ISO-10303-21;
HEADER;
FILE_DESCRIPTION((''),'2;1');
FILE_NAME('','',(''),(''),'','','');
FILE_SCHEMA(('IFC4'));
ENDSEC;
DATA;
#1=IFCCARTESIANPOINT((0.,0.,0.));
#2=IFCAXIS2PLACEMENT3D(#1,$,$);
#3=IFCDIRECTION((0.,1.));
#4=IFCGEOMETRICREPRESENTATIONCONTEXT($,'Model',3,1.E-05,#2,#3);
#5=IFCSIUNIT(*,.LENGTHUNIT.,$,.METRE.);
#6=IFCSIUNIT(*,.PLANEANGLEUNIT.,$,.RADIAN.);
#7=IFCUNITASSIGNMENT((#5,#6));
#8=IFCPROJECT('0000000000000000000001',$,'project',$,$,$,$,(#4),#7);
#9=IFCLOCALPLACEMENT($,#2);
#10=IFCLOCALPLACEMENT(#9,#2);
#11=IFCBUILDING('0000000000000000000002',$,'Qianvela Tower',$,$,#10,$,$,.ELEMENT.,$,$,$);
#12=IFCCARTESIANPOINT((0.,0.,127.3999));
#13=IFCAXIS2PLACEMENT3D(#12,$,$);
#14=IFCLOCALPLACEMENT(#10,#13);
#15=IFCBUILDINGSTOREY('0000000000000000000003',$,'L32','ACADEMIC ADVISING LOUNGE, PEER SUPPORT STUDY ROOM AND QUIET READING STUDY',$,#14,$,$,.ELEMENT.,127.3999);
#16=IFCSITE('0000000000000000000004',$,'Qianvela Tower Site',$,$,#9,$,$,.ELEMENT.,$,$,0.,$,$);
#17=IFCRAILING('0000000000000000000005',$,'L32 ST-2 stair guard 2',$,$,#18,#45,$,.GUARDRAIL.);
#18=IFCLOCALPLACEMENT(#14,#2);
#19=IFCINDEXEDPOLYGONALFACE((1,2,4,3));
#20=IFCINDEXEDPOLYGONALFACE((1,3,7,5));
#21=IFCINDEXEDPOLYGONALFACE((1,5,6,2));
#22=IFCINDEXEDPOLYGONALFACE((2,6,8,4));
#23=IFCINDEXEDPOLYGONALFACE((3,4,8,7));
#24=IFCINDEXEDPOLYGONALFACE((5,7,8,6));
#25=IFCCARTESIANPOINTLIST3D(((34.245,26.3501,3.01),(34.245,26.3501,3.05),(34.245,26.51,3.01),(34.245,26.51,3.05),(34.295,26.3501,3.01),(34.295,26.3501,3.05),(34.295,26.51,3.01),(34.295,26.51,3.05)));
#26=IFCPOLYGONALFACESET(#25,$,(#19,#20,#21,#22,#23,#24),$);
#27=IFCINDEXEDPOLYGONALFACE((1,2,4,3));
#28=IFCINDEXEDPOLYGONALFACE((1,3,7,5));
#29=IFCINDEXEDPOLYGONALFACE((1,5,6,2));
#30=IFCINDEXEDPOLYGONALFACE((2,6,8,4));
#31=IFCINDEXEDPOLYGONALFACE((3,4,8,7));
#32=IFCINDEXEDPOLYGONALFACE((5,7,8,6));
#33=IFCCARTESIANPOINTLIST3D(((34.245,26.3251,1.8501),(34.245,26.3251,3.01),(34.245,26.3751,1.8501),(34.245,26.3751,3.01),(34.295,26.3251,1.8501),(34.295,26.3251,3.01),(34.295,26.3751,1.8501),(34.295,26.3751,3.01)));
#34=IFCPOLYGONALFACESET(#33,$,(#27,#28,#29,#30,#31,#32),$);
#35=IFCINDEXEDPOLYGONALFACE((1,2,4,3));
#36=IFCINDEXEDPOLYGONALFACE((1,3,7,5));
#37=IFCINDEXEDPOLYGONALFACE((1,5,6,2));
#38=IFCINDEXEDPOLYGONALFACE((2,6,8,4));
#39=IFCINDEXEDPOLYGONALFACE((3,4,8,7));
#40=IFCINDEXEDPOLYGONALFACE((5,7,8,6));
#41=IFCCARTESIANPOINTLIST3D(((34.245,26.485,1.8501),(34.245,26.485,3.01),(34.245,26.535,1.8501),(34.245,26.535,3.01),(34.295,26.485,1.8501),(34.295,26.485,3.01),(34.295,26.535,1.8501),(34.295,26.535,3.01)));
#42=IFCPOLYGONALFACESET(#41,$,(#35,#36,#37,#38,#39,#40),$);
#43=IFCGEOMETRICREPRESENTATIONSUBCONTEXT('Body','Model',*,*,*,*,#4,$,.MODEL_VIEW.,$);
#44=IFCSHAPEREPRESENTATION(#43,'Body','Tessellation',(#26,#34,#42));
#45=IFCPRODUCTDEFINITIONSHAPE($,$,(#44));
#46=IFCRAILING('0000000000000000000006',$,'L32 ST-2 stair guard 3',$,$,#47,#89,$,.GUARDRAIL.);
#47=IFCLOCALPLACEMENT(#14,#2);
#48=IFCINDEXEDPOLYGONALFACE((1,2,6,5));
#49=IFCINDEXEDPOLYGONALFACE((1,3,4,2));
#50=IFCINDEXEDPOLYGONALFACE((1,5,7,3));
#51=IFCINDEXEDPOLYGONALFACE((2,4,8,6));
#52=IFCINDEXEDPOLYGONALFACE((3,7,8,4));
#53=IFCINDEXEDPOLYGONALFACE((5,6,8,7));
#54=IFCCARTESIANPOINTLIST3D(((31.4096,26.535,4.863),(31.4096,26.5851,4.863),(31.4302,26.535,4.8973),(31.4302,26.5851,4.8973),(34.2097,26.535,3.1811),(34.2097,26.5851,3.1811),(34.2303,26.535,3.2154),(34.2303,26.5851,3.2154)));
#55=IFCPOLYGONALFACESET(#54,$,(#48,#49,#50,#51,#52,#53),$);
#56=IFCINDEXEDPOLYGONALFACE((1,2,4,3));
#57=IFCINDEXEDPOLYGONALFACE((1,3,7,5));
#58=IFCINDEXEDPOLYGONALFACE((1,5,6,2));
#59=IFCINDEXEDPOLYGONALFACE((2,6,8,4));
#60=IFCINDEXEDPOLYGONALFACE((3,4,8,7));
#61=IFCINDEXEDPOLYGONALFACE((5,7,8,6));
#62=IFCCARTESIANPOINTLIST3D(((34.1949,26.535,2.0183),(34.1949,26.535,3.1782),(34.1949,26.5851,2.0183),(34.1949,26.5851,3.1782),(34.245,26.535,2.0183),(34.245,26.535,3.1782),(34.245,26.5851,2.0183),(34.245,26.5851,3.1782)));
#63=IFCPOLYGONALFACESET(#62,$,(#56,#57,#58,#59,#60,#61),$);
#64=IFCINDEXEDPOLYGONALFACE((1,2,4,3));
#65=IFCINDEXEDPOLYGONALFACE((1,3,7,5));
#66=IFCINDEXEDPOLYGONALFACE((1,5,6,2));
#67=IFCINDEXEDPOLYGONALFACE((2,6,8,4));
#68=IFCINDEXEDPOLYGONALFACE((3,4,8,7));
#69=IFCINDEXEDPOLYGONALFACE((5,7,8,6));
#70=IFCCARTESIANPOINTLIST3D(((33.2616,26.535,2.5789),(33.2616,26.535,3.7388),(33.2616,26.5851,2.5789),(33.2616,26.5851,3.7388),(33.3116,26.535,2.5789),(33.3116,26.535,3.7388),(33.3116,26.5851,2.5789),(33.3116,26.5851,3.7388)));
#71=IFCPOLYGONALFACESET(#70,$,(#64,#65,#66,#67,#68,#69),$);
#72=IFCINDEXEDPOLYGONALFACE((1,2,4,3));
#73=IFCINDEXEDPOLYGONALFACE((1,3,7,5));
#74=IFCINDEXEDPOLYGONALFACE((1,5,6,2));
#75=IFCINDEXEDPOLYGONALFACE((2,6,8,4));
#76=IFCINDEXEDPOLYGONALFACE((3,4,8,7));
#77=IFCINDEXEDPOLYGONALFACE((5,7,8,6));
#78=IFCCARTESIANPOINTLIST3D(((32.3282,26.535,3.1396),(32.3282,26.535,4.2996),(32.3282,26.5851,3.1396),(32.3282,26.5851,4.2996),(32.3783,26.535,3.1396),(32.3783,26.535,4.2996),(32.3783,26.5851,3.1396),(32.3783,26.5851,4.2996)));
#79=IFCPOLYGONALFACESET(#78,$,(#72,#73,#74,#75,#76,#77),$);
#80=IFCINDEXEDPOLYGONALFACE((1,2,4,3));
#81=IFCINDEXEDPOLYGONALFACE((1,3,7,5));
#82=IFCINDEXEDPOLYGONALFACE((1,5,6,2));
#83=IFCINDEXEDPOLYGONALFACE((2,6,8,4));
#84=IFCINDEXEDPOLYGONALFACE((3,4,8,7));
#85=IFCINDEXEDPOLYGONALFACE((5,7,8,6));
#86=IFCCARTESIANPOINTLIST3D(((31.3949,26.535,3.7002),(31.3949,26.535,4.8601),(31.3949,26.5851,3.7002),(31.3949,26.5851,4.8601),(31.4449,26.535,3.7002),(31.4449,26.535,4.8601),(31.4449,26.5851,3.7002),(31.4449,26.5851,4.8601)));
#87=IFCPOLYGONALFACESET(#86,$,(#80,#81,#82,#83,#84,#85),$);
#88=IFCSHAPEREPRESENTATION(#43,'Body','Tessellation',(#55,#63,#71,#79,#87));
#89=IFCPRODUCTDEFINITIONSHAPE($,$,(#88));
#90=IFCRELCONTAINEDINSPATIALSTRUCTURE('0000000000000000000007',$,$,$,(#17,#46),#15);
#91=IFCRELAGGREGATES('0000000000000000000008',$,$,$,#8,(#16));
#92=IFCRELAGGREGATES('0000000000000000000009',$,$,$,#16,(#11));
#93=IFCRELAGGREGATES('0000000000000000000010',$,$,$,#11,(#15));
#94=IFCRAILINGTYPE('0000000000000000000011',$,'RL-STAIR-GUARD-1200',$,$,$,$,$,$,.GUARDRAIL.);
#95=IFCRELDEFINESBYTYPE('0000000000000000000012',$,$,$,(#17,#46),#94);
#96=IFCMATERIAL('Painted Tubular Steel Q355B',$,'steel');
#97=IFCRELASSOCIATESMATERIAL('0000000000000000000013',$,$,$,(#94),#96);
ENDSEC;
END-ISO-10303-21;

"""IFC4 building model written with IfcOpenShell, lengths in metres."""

from ifc_helpers import new_model, si_unit, direction, frame, origin, origin_2d, place, context, subcontext, project, spatial, rectangle, extrude, material, type_object, element, save


model = new_model("IFC4")

# Units and contexts
model_context = context("Model", 3, precision=1e-05, world=origin(), true_north=direction((0.0, 1.0)))
body_context = subcontext(model_context, "Body", "Model", "MODEL_VIEW")
ifc_project = project(units=[si_unit("LENGTHUNIT", "METRE"), si_unit("PLANEANGLEUNIT", "RADIAN")], contexts=[model_context])

# Site, building, storey
site_placement = place(None, origin())
site = spatial("IfcSite", under=ifc_project, at=site_placement, Name="Qianvela Tower Site", CompositionType="ELEMENT", RefElevation=0.0)
building_placement = place(site_placement, origin())
building = spatial("IfcBuilding", under=site, at=building_placement, Name="Qianvela Tower", CompositionType="ELEMENT")
storey_placement = place(building_placement, frame((0.0, 0.0, 127.3999)))
storey = spatial("IfcBuildingStorey", under=building, at=storey_placement, Name="L32", Description="ACADEMIC ADVISING LOUNGE, PEER SUPPORT STUDY ROOM AND QUIET READING STUDY", CompositionType="ELEMENT", Elevation=127.3999)

# Railings
ifc_material_1 = material(Name="Painted Tubular Steel Q355B", Category="steel")
railing_type = type_object("IfcRailingType", Name="RL-STAIR-GUARD-1200", PredefinedType="GUARDRAIL", material=ifc_material_1)
railing_1_placement = place(storey_placement, frame((34.27, 26.3501, 1.8501)))
element("IfcRailing", 1, at=railing_1_placement, inside=storey, type_object=railing_type, Name="L32 ST-2 stair guard 2", PredefinedType="GUARDRAIL", context=body_context, shape_type="SweptSolid", body=[
    extrude(rectangle(XDim=0.05, YDim=0.04, at=origin_2d()), frame((0.0, 0.0, 1.1799), z_axis=(0.0, 1.0, 0.0), x_axis=(-1.0, 0.0, 0.0)), (0.0, 0.0, 1.0), 0.1599),
    extrude(rectangle(XDim=0.05, YDim=0.05, at=origin_2d()), origin(), (0.0, 0.0, 1.0), 1.1599),
    extrude(rectangle(XDim=0.05, YDim=0.05, at=origin_2d()), frame((0.0, 0.1599, 0.0)), (0.0, 0.0, 1.0), 1.1599),
])
railing_2_placement = place(storey_placement, frame((34.22, 26.5601, 2.0183)))
element("IfcRailing", 2, at=railing_2_placement, inside=storey, type_object=railing_type, Name="L32 ST-2 stair guard 3", PredefinedType="GUARDRAIL", context=body_context, shape_type="SweptSolid", body=[
    extrude(rectangle(XDim=0.05, YDim=0.04, at=origin_2d()), frame((0.0, 0.0, 1.1799), z_axis=(-0.857242, 0.0, 0.514913), x_axis=(0.0, -1.0, 0.0)), (0.0, 0.0, 1.0), 3.2664),
    extrude(rectangle(XDim=0.05, YDim=0.05, at=origin_2d()), origin(), (0.0, 0.0, 1.0), 1.1599),
    extrude(rectangle(XDim=0.05, YDim=0.05, at=origin_2d()), frame((-0.9333, 0.0, 0.5605)), (0.0, 0.0, 1.0), 1.1599),
    extrude(rectangle(XDim=0.05, YDim=0.05, at=origin_2d()), frame((-1.8667, 0.0, 1.1213)), (0.0, 0.0, 1.0), 1.1599),
    extrude(rectangle(XDim=0.05, YDim=0.05, at=origin_2d()), frame((-2.8, 0.0, 1.6819)), (0.0, 0.0, 1.0), 1.1599),
])

save(model, "model.ifc")
